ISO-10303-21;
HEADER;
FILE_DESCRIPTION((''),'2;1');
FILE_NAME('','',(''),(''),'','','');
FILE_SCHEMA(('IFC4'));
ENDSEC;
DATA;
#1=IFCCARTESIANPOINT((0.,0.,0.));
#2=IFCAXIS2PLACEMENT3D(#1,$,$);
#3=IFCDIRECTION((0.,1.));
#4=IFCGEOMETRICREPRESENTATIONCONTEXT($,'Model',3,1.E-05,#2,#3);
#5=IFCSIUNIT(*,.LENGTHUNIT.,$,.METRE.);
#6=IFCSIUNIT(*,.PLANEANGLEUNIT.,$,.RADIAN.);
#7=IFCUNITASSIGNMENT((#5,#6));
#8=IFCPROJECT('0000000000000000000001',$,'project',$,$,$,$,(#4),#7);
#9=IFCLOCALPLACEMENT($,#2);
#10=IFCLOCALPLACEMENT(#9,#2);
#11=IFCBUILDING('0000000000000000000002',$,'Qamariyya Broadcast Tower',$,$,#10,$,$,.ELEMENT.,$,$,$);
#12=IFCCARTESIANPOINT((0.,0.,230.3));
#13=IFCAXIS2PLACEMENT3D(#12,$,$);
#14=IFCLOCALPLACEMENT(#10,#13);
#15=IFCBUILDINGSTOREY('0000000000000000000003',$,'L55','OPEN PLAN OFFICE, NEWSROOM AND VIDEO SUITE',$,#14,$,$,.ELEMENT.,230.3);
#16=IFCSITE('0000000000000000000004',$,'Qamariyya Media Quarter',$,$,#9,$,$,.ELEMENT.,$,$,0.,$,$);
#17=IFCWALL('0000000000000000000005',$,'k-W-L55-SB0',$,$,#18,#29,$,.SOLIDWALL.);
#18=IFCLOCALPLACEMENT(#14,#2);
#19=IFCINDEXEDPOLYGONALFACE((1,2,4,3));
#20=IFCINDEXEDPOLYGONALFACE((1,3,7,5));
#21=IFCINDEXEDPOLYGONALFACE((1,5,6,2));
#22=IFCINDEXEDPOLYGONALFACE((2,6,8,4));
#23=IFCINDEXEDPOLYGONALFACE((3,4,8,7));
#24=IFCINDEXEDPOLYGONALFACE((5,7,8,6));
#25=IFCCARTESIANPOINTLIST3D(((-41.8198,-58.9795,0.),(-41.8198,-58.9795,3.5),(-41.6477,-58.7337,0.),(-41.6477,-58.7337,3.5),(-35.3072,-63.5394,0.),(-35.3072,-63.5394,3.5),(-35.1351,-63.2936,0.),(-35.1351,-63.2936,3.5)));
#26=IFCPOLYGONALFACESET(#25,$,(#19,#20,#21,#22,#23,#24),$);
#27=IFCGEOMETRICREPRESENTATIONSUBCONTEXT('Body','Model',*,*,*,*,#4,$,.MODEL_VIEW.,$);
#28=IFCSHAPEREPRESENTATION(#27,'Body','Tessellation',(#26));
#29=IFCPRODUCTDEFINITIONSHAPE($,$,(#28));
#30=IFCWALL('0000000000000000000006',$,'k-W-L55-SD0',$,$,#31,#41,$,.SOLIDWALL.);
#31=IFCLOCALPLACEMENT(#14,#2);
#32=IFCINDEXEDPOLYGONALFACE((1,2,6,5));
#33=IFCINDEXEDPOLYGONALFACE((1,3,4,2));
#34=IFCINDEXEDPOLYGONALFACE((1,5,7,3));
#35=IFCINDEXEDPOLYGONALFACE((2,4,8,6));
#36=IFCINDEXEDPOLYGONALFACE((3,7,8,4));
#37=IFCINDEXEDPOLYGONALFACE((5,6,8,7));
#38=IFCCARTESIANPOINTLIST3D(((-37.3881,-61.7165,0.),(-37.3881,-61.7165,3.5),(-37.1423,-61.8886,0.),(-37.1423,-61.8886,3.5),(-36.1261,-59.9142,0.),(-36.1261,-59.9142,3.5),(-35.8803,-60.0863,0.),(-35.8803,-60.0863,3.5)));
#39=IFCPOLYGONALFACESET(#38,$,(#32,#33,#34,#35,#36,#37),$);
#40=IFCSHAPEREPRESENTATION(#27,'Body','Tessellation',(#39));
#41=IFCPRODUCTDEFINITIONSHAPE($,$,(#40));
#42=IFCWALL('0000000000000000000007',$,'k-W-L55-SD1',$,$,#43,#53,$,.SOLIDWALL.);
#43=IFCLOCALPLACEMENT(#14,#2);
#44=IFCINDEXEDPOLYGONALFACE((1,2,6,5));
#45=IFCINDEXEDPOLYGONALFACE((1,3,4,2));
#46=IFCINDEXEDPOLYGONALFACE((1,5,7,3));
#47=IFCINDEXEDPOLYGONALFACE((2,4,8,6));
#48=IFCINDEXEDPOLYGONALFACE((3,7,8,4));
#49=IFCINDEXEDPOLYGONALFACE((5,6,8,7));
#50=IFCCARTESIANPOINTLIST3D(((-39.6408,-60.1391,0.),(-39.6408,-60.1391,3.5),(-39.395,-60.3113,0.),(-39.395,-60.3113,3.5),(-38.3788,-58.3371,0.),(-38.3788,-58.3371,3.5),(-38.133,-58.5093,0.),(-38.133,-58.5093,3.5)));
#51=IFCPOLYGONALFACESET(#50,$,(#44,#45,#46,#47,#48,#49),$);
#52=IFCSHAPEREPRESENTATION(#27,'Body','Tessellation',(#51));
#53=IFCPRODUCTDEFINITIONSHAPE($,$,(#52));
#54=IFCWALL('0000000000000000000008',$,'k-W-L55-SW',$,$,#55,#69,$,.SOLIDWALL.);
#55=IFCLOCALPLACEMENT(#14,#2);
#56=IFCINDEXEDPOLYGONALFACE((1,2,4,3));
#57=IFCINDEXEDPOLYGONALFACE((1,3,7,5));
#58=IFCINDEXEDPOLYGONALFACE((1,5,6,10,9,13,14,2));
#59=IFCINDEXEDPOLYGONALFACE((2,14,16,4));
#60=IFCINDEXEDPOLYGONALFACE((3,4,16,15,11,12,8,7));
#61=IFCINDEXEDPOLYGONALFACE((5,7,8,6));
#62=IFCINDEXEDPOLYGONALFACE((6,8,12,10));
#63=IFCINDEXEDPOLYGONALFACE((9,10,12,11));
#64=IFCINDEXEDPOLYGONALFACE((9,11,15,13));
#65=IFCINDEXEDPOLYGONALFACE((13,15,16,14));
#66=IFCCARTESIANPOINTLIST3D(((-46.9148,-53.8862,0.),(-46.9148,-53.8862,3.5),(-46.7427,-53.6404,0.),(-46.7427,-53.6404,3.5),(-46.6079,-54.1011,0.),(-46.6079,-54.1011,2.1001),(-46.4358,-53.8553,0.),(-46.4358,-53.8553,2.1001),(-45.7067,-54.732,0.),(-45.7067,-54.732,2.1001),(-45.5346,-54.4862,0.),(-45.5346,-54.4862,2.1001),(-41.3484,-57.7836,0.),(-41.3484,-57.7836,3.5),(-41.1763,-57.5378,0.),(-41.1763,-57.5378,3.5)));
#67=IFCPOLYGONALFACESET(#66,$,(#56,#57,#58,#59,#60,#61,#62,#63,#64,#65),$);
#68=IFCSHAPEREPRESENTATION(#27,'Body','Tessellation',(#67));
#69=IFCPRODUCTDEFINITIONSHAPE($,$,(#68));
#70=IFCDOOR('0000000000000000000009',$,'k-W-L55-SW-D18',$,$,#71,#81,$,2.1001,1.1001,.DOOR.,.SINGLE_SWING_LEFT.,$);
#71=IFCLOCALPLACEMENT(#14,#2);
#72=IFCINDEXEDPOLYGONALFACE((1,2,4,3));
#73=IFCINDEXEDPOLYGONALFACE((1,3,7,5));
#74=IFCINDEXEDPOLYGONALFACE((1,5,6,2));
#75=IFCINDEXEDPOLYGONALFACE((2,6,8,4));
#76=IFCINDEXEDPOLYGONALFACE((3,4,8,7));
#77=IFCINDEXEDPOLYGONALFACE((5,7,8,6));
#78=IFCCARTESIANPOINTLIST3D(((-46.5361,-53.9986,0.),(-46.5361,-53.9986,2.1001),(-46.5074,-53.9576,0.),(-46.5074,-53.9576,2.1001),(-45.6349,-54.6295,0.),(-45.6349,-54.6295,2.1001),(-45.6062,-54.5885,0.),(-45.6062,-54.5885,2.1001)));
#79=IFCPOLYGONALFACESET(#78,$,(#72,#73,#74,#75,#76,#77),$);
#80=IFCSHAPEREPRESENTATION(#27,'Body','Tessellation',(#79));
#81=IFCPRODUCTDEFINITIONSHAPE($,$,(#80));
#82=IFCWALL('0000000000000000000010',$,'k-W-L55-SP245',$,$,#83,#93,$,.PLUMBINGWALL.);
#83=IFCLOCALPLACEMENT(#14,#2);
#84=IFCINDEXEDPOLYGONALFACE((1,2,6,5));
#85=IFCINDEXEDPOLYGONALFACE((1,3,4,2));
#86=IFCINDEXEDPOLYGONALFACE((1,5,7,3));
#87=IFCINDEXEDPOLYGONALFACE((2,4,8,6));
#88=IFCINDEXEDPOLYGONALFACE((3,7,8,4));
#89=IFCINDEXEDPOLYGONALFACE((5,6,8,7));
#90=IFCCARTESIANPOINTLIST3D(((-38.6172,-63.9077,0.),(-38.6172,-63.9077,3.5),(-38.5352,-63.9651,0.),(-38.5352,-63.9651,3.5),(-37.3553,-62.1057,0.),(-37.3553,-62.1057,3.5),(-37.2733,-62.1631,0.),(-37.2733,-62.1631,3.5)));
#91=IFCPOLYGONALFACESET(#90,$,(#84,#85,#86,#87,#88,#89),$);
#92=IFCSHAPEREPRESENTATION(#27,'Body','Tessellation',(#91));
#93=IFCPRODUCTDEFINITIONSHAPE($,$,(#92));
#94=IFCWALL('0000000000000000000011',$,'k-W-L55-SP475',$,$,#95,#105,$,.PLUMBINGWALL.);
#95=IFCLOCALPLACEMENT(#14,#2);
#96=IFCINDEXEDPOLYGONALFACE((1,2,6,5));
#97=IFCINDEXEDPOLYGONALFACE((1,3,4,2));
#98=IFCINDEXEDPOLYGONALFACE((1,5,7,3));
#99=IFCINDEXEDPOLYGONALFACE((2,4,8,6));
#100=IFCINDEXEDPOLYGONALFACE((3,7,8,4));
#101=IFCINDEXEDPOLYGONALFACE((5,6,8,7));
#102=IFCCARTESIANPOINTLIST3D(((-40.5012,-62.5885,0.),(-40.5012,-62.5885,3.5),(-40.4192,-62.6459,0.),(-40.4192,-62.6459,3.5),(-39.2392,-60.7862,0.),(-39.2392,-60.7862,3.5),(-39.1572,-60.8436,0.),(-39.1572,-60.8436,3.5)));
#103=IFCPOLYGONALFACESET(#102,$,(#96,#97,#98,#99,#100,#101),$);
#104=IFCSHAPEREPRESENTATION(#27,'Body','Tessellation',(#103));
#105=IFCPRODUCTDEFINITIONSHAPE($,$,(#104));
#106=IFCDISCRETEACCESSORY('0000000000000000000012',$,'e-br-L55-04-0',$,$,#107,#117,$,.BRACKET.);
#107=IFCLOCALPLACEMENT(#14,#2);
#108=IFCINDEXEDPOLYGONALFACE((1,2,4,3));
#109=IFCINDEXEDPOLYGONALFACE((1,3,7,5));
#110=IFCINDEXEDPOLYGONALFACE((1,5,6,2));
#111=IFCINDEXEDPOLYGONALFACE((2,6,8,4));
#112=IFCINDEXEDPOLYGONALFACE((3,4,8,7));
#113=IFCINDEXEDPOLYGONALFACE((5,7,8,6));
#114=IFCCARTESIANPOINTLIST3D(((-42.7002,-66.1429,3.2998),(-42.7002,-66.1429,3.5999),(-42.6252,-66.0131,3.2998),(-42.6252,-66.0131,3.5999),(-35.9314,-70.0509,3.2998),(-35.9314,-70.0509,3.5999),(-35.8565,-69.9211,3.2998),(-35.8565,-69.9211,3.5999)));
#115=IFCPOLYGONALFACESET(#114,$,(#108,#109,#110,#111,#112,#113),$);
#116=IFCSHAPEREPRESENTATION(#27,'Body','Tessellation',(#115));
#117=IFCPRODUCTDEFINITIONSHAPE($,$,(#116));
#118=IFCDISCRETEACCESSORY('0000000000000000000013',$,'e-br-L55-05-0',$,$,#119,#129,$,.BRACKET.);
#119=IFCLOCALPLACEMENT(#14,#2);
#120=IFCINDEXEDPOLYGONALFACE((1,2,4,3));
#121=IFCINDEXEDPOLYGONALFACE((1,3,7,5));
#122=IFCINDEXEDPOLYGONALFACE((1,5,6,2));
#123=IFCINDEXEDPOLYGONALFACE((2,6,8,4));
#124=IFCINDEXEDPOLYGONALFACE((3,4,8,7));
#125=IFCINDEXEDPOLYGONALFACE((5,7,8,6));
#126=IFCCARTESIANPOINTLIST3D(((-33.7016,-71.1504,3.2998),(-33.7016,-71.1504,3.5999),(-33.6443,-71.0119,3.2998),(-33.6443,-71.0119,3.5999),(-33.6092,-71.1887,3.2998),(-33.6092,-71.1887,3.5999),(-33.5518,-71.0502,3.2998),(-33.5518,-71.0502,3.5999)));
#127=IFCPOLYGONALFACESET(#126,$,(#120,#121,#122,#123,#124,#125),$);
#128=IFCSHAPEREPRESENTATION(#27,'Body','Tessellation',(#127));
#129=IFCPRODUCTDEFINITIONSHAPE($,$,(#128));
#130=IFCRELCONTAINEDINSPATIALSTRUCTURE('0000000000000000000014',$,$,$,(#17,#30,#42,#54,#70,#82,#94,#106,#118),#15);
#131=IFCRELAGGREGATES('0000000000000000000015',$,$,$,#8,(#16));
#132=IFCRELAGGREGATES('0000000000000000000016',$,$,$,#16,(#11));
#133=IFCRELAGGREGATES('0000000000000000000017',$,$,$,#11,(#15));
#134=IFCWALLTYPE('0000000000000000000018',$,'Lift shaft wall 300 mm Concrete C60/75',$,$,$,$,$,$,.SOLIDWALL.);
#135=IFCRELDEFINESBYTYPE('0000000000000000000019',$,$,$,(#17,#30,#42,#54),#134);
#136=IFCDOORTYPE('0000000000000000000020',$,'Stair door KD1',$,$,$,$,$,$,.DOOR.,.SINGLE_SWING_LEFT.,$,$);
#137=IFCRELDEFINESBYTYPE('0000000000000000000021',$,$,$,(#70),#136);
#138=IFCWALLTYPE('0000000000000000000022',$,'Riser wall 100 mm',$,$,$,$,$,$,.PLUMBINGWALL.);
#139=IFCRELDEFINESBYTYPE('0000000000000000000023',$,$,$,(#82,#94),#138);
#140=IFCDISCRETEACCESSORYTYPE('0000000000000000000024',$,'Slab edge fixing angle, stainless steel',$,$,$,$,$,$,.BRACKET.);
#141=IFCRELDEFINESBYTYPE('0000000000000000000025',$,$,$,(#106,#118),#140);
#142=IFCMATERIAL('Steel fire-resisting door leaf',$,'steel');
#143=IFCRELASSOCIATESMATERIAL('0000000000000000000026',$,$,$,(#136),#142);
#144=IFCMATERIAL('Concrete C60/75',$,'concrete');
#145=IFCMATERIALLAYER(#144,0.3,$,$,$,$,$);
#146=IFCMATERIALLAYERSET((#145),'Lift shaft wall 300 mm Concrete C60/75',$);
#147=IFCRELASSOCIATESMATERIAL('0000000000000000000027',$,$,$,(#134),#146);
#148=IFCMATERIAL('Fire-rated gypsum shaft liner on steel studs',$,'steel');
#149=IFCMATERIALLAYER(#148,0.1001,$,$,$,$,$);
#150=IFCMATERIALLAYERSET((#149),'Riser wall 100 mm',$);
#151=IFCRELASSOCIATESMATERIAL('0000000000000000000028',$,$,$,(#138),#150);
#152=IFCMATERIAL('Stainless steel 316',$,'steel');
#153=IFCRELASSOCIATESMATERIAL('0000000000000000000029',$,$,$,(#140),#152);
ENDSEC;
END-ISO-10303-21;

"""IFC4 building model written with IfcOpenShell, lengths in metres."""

from ifc_helpers import new_model, si_unit, direction, frame, frame_2d, origin, origin_2d, place, context, subcontext, project, spatial, rectangle, extrude, material, layer, layer_set, type_object, element, fill, save


model = new_model("IFC4")

# Units and contexts
model_context = context("Model", 3, precision=1e-05, world=origin(), true_north=direction((0.0, 1.0)))
body_context = subcontext(model_context, "Body", "Model", "MODEL_VIEW")
ifc_project = project(units=[si_unit("LENGTHUNIT", "METRE"), si_unit("PLANEANGLEUNIT", "RADIAN")], contexts=[model_context])

# Site, building, storey
site_placement = place(None, origin())
site = spatial("IfcSite", under=ifc_project, at=site_placement, Name="Qamariyya Media Quarter", CompositionType="ELEMENT", RefElevation=0.0)
building_placement = place(site_placement, origin())
building = spatial("IfcBuilding", under=site, at=building_placement, Name="Qamariyya Broadcast Tower", CompositionType="ELEMENT")
storey_placement = place(building_placement, frame((0.0, 0.0, 230.3)))
storey = spatial("IfcBuildingStorey", under=building, at=storey_placement, Name="L55", Description="OPEN PLAN OFFICE, NEWSROOM AND VIDEO SUITE", CompositionType="ELEMENT", Elevation=230.3)

# Shared definitions
ifc_material_1 = material(Name="Concrete C60/75", Category="concrete")

# Shared definitions
ifc_material_2 = material(Name="Steel fire-resisting door leaf", Category="steel")

# Shared definitions
door_type_1 = type_object("IfcDoorType", Name="Stair door KD1", OperationType="SINGLE_SWING_LEFT", PredefinedType="DOOR", material=ifc_material_2)
ifc_layer_1 = layer(ifc_material_1, 0.3)
ifc_layer_set_1 = layer_set([ifc_layer_1], Name="Lift shaft wall 300 mm Concrete C60/75")
wall_type_1 = type_object("IfcWallType", Name="Lift shaft wall 300 mm Concrete C60/75", PredefinedType="SOLIDWALL", material=ifc_layer_set_1)

# Walls
wall_1_placement = place(storey_placement, frame((-35.2212, -63.4165, 0.0), z_axis=(0.0, 0.0, 1.0), x_axis=(-0.819167, 0.573555, 0.0)))
element("IfcWall", 1, at=wall_1_placement, inside=storey, type_object=wall_type_1, Name="k-W-L55-SB0", PredefinedType="SOLIDWALL", context=body_context, shape_type="SweptSolid", body=[
    extrude(rectangle(XDim=7.9502, YDim=0.3, at=frame_2d((3.9751, 0.0))), origin(), (0.0, 0.0, 1.0), 3.5),
])
wall_2_placement = place(storey_placement, frame((-36.0032, -60.0002, 0.0), z_axis=(0.0, 0.0, 1.0), x_axis=(-0.573581, -0.819149, 0.0)))
element("IfcWall", 2, at=wall_2_placement, inside=storey, type_object=wall_type_1, Name="k-W-L55-SD0", PredefinedType="SOLIDWALL", context=body_context, shape_type="SweptSolid", body=[
    extrude(rectangle(XDim=2.2002, YDim=0.3, at=frame_2d((1.1001, 0.0))), origin(), (0.0, 0.0, 1.0), 3.5),
])
wall_3_placement = place(storey_placement, frame((-38.2559, -58.4231, 0.0), z_axis=(0.0, 0.0, 1.0), x_axis=(-0.573634, -0.819112, 0.0)))
element("IfcWall", 3, at=wall_3_placement, inside=storey, type_object=wall_type_1, Name="k-W-L55-SD1", PredefinedType="SOLIDWALL", context=body_context, shape_type="SweptSolid", body=[
    extrude(rectangle(XDim=2.2, YDim=0.3, at=frame_2d((1.1001, 0.0))), origin(), (0.0, 0.0, 1.0), 3.5),
])

# Wall, opening, door
wall_4_placement = place(storey_placement, frame((-41.2625, -57.6606, 0.0), z_axis=(0.0, 0.0, 1.0), x_axis=(-0.819164, 0.573559, 0.0)))
wall_4 = element("IfcWall", 4, at=wall_4_placement, inside=storey, type_object=wall_type_1, Name="k-W-L55-SW", PredefinedType="SOLIDWALL", context=body_context, shape_type="SweptSolid", body=[
    extrude(rectangle(XDim=6.7952, YDim=0.3, at=frame_2d((3.3975, 0.0))), origin(), (0.0, 0.0, 1.0), 3.5),
])
opening_1_placement = place(wall_4_placement, frame((5.3203, 0.0, 0.0)))
opening_1 = element("IfcOpeningElement", 5, at=opening_1_placement, cuts=wall_4, PredefinedType="OPENING", context=body_context, shape_type="SweptSolid", body=[
    extrude(rectangle(XDim=1.1001, YDim=2.1001, at=frame_2d((0.55, 1.05))), frame((0.0, 0.1599, 0.0), z_axis=(0.0, -1.0, 0.0), x_axis=(1.0, 0.0, 0.0)), (0.0, 0.0, 1.0), 0.3201),
])
door_1_placement = place(opening_1_placement, origin())
door_1 = element("IfcDoor", 6, at=door_1_placement, inside=storey, type_object=door_type_1, Name="k-W-L55-SW-D18", OperationType="SINGLE_SWING_LEFT", OverallHeight=2.1001, OverallWidth=1.1001, PredefinedType="DOOR", context=body_context, shape_type="SweptSolid", body=[
    extrude(rectangle(XDim=1.1001, YDim=2.1001, at=frame_2d((0.55, 1.05))), frame((0.0, 0.0249, 0.0), z_axis=(0.0, -1.0, 0.0), x_axis=(1.0, 0.0, 0.0)), (0.0, 0.0, 1.0), 0.05),
])
fill(opening_1, door_1)

# Walls
ifc_material_3 = material(Name="Fire-rated gypsum shaft liner on steel studs", Category="steel")
ifc_layer_2 = layer(ifc_material_3, 0.1001)
ifc_layer_set_2 = layer_set([ifc_layer_2], Name="Riser wall 100 mm")
wall_type_2 = type_object("IfcWallType", Name="Riser wall 100 mm", PredefinedType="PLUMBINGWALL", material=ifc_layer_set_2)
wall_5_placement = place(storey_placement, frame((-37.3142, -62.1343, 0.0), z_axis=(0.0, 0.0, 1.0), x_axis=(-0.573634, -0.819112, 0.0)))
element("IfcWall", 7, at=wall_5_placement, inside=storey, type_object=wall_type_2, Name="k-W-L55-SP245", PredefinedType="PLUMBINGWALL", context=body_context, shape_type="SweptSolid", body=[
    extrude(rectangle(XDim=2.2, YDim=0.1001, at=frame_2d((1.1001, 0.0))), origin(), (0.0, 0.0, 1.0), 3.5),
])
wall_6_placement = place(storey_placement, frame((-39.1982, -60.8149, 0.0), z_axis=(0.0, 0.0, 1.0), x_axis=(-0.573581, -0.819149, 0.0)))
element("IfcWall", 8, at=wall_6_placement, inside=storey, type_object=wall_type_2, Name="k-W-L55-SP475", PredefinedType="PLUMBINGWALL", context=body_context, shape_type="SweptSolid", body=[
    extrude(rectangle(XDim=2.2002, YDim=0.1001, at=frame_2d((1.1001, 0.0))), origin(), (0.0, 0.0, 1.0), 3.5),
])

# Discrete accessories
ifc_material_4 = material(Name="Stainless steel 316", Category="steel")
discrete_accessory_type = type_object("IfcDiscreteAccessoryType", Name="Slab edge fixing angle, stainless steel", PredefinedType="BRACKET", material=ifc_material_4)
discrete_accessory_1_placement = place(storey_placement, frame((-39.2783, -68.032, 3.2998), z_axis=(0.0, 0.0, 1.0), x_axis=(0.866025, -0.5, 0.0)))
element("IfcDiscreteAccessory", 9, at=discrete_accessory_1_placement, inside=storey, type_object=discrete_accessory_type, Name="e-br-L55-04-0", PredefinedType="BRACKET", context=body_context, shape_type="SweptSolid", body=[
    extrude(rectangle(XDim=7.8159, YDim=0.1499, at=origin_2d()), origin(), (0.0, 0.0, 1.0), 0.3),
])
discrete_accessory_2_placement = place(storey_placement, frame((-33.6267, -71.1003, 3.2998), z_axis=(0.0, 0.0, 1.0), x_axis=(0.92388, -0.382683, 0.0)))
element("IfcDiscreteAccessory", 10, at=discrete_accessory_2_placement, inside=storey, type_object=discrete_accessory_type, Name="e-br-L55-05-0", PredefinedType="BRACKET", context=body_context, shape_type="SweptSolid", body=[
    extrude(rectangle(XDim=0.1001, YDim=0.1499, at=origin_2d()), origin(), (0.0, 0.0, 1.0), 0.3),
])

save(model, "model.ifc")
